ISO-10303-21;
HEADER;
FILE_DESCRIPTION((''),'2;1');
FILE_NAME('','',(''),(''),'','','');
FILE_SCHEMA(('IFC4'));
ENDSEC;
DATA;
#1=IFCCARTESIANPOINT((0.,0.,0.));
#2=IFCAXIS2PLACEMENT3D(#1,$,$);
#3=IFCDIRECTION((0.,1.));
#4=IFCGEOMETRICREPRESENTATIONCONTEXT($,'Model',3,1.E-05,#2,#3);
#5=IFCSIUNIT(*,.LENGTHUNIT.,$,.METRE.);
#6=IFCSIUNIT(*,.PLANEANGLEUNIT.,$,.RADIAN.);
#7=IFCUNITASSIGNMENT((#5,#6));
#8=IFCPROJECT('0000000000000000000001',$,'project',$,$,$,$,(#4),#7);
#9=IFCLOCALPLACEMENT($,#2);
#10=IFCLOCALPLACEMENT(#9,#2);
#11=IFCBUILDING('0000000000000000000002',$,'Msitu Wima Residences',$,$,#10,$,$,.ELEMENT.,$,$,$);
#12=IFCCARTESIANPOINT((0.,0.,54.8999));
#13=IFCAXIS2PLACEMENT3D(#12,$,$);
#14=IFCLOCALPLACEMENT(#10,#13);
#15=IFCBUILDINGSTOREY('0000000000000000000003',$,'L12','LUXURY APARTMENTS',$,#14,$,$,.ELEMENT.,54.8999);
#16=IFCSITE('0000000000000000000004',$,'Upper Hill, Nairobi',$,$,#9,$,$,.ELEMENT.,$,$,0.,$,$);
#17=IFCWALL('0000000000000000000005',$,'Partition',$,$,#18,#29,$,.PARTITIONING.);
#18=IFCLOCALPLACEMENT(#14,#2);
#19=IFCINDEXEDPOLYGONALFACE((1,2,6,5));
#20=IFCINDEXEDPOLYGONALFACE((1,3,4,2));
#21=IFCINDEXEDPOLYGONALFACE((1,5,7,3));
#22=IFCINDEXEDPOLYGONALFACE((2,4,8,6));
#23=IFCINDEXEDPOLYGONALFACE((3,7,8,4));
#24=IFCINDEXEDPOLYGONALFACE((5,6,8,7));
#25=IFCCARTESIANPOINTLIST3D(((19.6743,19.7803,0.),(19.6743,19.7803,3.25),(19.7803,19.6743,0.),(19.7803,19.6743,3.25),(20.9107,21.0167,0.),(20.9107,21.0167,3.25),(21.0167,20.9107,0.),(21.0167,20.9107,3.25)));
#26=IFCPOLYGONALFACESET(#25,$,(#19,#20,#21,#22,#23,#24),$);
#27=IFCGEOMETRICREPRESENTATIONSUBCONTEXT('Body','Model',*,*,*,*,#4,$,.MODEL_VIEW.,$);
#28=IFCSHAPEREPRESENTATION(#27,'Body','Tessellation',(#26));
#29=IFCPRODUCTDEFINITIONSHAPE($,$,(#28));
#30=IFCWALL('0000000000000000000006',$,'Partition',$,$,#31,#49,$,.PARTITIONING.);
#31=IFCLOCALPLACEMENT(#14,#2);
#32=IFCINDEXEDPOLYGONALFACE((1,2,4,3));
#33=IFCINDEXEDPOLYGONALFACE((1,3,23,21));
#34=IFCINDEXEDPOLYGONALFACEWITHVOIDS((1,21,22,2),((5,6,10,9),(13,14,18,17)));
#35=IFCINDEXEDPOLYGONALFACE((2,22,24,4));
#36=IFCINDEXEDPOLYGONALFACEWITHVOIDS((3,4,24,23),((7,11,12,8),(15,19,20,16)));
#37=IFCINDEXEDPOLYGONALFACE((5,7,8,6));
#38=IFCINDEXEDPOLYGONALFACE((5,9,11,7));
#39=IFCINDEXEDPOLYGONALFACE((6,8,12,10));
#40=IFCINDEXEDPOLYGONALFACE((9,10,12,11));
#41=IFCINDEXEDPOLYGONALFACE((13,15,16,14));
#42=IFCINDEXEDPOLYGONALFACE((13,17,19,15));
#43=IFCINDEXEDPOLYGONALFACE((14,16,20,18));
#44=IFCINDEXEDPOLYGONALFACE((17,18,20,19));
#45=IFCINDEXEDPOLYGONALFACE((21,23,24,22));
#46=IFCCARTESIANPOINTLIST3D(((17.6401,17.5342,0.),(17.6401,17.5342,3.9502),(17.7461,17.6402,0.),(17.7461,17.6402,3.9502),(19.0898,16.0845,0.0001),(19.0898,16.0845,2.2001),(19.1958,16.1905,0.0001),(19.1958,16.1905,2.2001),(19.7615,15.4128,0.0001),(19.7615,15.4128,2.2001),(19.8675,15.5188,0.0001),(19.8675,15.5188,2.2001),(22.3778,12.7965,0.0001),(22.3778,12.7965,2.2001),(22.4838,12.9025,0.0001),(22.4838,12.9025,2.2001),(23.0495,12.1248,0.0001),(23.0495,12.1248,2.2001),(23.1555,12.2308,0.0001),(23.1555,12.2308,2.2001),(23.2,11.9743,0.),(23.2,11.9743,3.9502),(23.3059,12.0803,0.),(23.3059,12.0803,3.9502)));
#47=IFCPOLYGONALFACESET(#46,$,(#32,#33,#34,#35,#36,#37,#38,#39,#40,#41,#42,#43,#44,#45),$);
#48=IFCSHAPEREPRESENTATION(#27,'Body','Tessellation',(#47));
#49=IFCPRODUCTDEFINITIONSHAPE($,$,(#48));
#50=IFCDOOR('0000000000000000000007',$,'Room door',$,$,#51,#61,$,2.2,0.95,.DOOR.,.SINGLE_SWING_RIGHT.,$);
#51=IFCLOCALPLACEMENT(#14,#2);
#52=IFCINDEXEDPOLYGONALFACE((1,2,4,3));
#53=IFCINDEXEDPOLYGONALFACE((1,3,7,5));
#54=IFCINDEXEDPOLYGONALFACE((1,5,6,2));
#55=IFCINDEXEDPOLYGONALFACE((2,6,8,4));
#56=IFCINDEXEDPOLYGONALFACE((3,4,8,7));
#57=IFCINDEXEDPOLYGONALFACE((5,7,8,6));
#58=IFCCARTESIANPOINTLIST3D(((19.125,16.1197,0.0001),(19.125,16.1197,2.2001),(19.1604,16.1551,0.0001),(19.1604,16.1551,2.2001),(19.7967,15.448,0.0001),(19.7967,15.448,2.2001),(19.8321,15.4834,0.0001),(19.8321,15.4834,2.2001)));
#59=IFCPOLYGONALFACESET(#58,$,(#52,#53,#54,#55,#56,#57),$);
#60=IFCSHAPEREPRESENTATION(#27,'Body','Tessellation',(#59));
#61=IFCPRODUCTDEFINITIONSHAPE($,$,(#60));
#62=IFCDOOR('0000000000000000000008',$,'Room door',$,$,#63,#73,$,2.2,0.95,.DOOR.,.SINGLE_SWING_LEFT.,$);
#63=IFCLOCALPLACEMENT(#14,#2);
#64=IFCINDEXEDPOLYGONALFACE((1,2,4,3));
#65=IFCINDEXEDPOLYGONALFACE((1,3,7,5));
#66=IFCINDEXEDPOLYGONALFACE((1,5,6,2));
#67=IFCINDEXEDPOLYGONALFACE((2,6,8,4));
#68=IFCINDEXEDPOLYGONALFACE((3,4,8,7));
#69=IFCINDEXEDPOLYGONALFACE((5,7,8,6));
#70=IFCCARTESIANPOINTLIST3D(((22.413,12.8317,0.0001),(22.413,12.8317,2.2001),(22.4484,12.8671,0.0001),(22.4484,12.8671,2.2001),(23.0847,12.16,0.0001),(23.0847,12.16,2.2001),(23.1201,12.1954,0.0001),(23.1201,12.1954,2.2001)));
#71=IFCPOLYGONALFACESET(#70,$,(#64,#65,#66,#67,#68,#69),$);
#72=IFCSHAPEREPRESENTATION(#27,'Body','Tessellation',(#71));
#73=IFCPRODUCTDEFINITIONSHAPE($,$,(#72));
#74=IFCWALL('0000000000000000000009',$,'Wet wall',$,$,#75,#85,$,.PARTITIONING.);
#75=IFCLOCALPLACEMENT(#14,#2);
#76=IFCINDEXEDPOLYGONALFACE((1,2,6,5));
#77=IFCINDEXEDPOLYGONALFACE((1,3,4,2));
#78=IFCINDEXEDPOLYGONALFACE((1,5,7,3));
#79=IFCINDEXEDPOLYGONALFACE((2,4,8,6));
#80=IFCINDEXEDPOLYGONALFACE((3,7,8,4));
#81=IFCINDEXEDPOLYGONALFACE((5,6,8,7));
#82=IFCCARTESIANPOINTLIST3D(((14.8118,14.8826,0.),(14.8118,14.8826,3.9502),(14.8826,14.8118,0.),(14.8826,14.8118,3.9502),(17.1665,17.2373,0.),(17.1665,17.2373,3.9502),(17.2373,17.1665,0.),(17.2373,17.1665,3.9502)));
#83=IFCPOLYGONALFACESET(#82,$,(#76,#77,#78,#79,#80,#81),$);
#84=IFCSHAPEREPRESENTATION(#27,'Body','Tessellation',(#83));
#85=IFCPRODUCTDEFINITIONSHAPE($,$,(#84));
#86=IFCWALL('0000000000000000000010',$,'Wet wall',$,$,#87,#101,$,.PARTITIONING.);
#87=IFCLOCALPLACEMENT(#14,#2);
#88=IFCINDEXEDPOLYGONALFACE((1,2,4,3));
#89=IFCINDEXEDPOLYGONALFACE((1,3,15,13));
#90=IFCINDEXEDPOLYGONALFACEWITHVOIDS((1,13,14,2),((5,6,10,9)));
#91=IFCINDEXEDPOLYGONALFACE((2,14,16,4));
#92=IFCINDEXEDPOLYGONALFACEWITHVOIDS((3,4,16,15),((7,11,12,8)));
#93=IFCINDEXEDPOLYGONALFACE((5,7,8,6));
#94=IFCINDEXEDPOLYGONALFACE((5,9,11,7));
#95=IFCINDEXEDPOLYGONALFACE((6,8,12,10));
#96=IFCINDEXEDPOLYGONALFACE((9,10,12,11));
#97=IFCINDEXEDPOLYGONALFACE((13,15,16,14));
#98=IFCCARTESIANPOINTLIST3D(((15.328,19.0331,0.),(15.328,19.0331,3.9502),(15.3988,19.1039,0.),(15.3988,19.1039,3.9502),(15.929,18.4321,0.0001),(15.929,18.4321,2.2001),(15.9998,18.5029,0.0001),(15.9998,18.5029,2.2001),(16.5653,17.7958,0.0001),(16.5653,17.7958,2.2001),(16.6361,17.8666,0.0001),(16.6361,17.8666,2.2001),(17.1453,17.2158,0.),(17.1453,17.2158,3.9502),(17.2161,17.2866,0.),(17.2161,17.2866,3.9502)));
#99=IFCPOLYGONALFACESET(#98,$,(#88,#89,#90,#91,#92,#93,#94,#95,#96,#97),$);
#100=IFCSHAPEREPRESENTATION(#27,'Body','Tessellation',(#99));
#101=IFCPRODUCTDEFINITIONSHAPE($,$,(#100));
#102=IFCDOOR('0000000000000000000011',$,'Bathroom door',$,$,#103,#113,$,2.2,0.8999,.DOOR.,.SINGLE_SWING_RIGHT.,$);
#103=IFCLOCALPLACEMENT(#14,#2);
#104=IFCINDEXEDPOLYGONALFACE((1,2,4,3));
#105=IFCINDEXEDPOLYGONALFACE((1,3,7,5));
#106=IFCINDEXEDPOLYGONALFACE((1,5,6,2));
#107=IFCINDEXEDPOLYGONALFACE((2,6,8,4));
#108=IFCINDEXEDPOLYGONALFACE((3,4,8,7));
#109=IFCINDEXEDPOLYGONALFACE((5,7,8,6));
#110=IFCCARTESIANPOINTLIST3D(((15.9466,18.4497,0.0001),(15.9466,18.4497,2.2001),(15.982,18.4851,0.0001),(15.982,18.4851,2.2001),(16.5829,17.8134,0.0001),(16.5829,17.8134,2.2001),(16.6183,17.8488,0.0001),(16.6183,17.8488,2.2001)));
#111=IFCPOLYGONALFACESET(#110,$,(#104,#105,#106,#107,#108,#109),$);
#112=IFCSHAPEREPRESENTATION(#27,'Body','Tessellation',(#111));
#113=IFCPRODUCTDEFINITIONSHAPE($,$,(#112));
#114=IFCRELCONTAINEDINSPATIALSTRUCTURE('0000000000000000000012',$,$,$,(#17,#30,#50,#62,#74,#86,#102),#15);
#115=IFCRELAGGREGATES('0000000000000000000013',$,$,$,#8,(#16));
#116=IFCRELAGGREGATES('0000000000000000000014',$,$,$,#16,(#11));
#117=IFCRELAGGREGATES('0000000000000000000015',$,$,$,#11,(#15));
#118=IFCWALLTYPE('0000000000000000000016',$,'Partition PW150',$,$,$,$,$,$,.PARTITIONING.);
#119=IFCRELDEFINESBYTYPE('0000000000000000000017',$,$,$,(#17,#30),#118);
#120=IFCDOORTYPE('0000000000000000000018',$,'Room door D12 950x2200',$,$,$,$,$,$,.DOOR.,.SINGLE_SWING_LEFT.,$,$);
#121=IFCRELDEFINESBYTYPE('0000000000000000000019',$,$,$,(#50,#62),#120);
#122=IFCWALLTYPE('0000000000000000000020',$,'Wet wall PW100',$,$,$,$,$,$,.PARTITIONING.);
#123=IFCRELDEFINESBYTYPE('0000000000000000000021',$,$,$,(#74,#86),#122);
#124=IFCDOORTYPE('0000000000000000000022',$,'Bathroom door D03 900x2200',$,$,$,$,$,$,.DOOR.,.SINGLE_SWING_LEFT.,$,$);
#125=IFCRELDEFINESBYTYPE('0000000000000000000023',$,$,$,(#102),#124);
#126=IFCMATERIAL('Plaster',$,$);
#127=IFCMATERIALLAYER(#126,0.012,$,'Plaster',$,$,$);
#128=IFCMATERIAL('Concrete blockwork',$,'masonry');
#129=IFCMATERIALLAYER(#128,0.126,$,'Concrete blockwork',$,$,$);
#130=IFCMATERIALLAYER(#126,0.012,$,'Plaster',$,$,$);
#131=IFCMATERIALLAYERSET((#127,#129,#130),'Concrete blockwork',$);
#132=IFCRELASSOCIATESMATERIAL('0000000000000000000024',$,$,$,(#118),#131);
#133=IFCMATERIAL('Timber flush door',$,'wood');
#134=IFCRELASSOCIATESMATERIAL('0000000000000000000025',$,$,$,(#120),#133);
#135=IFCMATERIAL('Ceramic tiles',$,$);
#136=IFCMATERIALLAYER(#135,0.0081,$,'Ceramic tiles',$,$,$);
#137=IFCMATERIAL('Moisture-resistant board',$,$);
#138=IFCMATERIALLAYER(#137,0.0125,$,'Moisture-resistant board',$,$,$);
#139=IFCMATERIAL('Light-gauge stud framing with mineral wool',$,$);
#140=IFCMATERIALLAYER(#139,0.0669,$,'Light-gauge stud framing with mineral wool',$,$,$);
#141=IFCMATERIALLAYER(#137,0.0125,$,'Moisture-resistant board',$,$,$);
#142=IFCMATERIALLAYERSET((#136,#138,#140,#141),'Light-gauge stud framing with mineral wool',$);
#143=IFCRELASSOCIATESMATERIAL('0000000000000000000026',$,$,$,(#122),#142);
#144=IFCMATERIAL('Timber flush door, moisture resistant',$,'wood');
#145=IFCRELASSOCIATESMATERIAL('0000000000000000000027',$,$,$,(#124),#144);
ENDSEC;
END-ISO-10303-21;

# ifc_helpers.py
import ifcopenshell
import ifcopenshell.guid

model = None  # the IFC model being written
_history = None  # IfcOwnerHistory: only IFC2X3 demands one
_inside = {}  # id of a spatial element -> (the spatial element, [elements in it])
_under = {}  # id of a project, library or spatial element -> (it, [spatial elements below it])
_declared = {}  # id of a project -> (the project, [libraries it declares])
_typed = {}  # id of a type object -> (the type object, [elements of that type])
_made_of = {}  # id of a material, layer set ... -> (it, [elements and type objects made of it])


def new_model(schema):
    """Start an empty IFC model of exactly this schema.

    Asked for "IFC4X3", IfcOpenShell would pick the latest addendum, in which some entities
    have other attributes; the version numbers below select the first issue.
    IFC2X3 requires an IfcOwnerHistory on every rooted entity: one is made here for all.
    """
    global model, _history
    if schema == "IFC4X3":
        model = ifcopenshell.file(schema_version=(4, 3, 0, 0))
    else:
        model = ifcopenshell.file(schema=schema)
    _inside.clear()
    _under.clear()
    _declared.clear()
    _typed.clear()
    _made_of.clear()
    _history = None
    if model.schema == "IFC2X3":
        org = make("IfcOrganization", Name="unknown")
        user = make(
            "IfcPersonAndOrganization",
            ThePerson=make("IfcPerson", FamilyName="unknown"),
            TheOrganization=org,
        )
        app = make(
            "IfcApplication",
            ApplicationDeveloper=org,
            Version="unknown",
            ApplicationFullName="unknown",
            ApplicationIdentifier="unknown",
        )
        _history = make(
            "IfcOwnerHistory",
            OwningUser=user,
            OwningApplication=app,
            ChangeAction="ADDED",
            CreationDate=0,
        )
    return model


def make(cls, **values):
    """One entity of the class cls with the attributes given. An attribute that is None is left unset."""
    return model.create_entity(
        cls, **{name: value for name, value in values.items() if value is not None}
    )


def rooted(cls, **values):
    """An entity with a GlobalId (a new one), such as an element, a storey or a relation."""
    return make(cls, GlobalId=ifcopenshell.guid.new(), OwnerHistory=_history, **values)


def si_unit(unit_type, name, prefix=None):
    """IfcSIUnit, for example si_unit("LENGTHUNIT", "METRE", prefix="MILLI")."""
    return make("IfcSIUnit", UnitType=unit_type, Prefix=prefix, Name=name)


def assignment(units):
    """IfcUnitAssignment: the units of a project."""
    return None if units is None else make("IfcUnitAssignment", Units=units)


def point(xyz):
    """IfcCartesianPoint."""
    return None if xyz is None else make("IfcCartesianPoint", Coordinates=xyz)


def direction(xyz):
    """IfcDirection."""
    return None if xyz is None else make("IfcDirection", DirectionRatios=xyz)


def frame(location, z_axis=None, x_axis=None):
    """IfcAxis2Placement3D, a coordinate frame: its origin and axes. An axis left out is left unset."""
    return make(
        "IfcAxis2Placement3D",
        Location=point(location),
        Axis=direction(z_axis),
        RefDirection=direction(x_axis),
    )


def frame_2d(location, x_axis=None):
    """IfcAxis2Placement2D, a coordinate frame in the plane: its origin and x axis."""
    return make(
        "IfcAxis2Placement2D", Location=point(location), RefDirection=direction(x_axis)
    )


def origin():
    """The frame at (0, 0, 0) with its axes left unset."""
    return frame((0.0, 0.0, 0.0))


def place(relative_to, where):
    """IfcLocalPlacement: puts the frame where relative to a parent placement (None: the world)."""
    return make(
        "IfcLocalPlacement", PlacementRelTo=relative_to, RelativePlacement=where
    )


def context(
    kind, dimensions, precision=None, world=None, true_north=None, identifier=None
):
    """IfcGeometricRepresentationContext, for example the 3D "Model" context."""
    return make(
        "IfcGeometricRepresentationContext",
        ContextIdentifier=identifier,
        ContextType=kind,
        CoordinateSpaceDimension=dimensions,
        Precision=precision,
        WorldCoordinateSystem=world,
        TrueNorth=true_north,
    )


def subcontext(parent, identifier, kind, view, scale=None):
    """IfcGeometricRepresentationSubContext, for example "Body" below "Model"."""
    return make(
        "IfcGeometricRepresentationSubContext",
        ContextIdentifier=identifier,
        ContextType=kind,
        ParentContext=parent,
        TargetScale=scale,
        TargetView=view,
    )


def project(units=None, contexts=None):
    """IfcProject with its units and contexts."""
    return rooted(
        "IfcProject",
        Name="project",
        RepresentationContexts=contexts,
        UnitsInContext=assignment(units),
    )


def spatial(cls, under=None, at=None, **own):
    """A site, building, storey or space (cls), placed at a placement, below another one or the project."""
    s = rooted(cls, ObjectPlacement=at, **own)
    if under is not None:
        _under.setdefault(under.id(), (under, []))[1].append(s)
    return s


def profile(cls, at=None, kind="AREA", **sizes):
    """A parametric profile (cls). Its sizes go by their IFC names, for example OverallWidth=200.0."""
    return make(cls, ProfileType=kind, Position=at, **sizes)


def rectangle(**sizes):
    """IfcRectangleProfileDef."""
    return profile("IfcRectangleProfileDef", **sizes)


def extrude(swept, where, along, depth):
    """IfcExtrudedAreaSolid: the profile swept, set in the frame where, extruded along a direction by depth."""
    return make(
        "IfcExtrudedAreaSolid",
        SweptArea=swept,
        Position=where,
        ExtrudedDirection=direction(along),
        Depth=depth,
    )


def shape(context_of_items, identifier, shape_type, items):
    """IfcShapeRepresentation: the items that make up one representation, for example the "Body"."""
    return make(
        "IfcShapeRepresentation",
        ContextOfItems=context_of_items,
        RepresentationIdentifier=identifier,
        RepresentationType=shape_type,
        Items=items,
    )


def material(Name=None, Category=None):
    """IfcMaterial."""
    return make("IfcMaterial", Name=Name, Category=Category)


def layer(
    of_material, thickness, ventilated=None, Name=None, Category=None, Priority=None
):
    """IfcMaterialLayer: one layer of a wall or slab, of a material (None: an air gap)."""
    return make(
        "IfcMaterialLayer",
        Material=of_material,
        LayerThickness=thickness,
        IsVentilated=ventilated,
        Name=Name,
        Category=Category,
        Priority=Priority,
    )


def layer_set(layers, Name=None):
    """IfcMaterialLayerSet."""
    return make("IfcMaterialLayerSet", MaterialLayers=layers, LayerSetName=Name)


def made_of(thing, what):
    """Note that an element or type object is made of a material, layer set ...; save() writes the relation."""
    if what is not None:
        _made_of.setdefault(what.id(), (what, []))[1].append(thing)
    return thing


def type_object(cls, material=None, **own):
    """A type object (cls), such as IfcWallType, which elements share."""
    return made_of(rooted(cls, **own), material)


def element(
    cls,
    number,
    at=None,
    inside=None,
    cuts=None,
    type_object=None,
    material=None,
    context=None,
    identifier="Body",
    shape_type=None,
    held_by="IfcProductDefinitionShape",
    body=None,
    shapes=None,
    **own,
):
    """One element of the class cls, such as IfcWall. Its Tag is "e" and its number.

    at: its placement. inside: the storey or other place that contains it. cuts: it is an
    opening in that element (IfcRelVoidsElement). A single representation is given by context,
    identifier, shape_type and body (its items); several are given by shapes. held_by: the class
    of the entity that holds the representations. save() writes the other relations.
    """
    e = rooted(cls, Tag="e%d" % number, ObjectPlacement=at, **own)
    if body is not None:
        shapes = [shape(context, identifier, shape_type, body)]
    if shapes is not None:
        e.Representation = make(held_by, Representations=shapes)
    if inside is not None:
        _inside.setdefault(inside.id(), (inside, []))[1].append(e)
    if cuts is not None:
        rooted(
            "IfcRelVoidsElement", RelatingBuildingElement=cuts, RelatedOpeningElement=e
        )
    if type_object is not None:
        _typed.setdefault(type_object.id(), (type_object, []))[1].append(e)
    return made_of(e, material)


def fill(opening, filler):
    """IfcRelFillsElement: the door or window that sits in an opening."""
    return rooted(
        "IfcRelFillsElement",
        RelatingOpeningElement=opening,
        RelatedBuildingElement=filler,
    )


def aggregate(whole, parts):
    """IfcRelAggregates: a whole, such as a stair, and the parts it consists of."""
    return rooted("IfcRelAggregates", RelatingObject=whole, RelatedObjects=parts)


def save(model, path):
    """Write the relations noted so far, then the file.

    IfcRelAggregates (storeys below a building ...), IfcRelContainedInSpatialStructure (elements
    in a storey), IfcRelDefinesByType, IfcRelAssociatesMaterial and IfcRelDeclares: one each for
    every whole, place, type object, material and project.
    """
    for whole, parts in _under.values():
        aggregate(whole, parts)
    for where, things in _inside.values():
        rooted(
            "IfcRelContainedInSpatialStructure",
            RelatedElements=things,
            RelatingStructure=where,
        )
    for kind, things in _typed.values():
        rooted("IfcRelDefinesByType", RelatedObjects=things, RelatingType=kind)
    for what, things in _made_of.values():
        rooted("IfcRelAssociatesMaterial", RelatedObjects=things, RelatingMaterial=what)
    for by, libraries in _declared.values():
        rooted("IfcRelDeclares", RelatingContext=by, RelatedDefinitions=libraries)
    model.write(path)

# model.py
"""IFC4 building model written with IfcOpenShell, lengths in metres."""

from ifc_helpers import new_model, si_unit, direction, frame, frame_2d, origin, place, context, subcontext, project, spatial, rectangle, extrude, material, layer, layer_set, type_object, element, fill, save


model = new_model("IFC4")

# Units and contexts
model_context = context("Model", 3, precision=1e-05, world=origin(), true_north=direction((0.0, 1.0)))
body_context = subcontext(model_context, "Body", "Model", "MODEL_VIEW")
ifc_project = project(units=[si_unit("LENGTHUNIT", "METRE"), si_unit("PLANEANGLEUNIT", "RADIAN")], contexts=[model_context])

# Site, building, storey
site_placement = place(None, origin())
site = spatial("IfcSite", under=ifc_project, at=site_placement, Name="Upper Hill, Nairobi", CompositionType="ELEMENT", RefElevation=0.0)
building_placement = place(site_placement, origin())
building = spatial("IfcBuilding", under=site, at=building_placement, Name="Msitu Wima Residences", CompositionType="ELEMENT")
storey_placement = place(building_placement, frame((0.0, 0.0, 54.8999)))
storey = spatial("IfcBuildingStorey", under=building, at=storey_placement, Name="L12", Description="LUXURY APARTMENTS", CompositionType="ELEMENT", Elevation=54.8999)

# Wall
ifc_material_1 = material(Name="Plaster")
ifc_layer_1 = layer(ifc_material_1, 0.012, Name="Plaster")
ifc_material_2 = material(Name="Concrete blockwork", Category="masonry")
ifc_layer_2 = layer(ifc_material_2, 0.126, Name="Concrete blockwork")
ifc_layer_3 = layer(ifc_material_1, 0.012, Name="Plaster")
ifc_layer_set_1 = layer_set([ifc_layer_1, ifc_layer_2, ifc_layer_3], Name="Concrete blockwork")
wall_type_1 = type_object("IfcWallType", Name="Partition PW150", PredefinedType="PARTITIONING", material=ifc_layer_set_1)
wall_1_placement = place(storey_placement, frame((19.7273, 19.7273, 0.0), z_axis=(0.0, 0.0, 1.0), x_axis=(0.707107, 0.707107, 0.0)))
element("IfcWall", 1, at=wall_1_placement, inside=storey, type_object=wall_type_1, Name="Partition", PredefinedType="PARTITIONING", context=body_context, shape_type="SweptSolid", body=[
    extrude(rectangle(XDim=1.7485, YDim=0.1499, at=frame_2d((0.8743, 0.0))), origin(), (0.0, 0.0, 1.0), 3.25),
])

# Wall, openings, doors
wall_2_placement = place(storey_placement, frame((17.6931, 17.5872, 0.0), z_axis=(0.0, 0.0, 1.0), x_axis=(0.707107, -0.707107, 0.0)))
wall_2 = element("IfcWall", 2, at=wall_2_placement, inside=storey, type_object=wall_type_1, Name="Partition", PredefinedType="PARTITIONING", context=body_context, shape_type="SweptSolid", body=[
    extrude(rectangle(XDim=7.8628, YDim=0.1499, at=frame_2d((3.9314, 0.0))), origin(), (0.0, 0.0, 1.0), 3.9502),
])
opening_1_placement = place(wall_2_placement, frame((2.05, 0.0, 0.0)))
opening_1 = element("IfcOpeningElement", 3, at=opening_1_placement, cuts=wall_2, PredefinedType="OPENING", context=body_context, shape_type="SweptSolid", body=[
    extrude(rectangle(XDim=0.95, YDim=2.2, at=frame_2d((0.4751, 1.1001))), frame((0.0, 0.085, 0.0), z_axis=(0.0, -1.0, 0.0), x_axis=(1.0, 0.0, 0.0)), (0.0, 0.0, 1.0), 0.1699),
])
opening_2_placement = place(wall_2_placement, frame((6.7, 0.0, 0.0)))
opening_2 = element("IfcOpeningElement", 4, at=opening_2_placement, cuts=wall_2, PredefinedType="OPENING", context=body_context, shape_type="SweptSolid", body=[
    extrude(rectangle(XDim=0.95, YDim=2.2, at=frame_2d((0.4751, 1.1001))), frame((0.0, 0.085, 0.0), z_axis=(0.0, -1.0, 0.0), x_axis=(1.0, 0.0, 0.0)), (0.0, 0.0, 1.0), 0.1699),
])
ifc_material_3 = material(Name="Timber flush door", Category="wood")
door_type_1 = type_object("IfcDoorType", Name="Room door D12 950x2200", OperationType="SINGLE_SWING_LEFT", PredefinedType="DOOR", material=ifc_material_3)
door_1_placement = place(opening_1_placement, origin())
door_1 = element("IfcDoor", 5, at=door_1_placement, inside=storey, type_object=door_type_1, Name="Room door", OperationType="SINGLE_SWING_RIGHT", OverallHeight=2.2, OverallWidth=0.95, PredefinedType="DOOR", context=body_context, shape_type="SweptSolid", body=[
    extrude(rectangle(XDim=0.95, YDim=2.2, at=frame_2d((0.4751, 1.1001))), frame((0.0, 0.0249, 0.0), z_axis=(0.0, -1.0, 0.0), x_axis=(1.0, 0.0, 0.0)), (0.0, 0.0, 1.0), 0.05),
])
fill(opening_1, door_1)
door_2_placement = place(opening_2_placement, origin())
door_2 = element("IfcDoor", 6, at=door_2_placement, inside=storey, type_object=door_type_1, Name="Room door", OperationType="SINGLE_SWING_LEFT", OverallHeight=2.2, OverallWidth=0.95, PredefinedType="DOOR", context=body_context, shape_type="SweptSolid", body=[
    extrude(rectangle(XDim=0.95, YDim=2.2, at=frame_2d((0.4751, 1.1001))), frame((0.0, 0.0249, 0.0), z_axis=(0.0, -1.0, 0.0), x_axis=(1.0, 0.0, 0.0)), (0.0, 0.0, 1.0), 0.05),
])
fill(opening_2, door_2)

# Wall
ifc_material_4 = material(Name="Ceramic tiles")
ifc_layer_4 = layer(ifc_material_4, 0.0081, Name="Ceramic tiles")
ifc_material_5 = material(Name="Moisture-resistant board")
ifc_layer_5 = layer(ifc_material_5, 0.0125, Name="Moisture-resistant board")
ifc_material_6 = material(Name="Light-gauge stud framing with mineral wool")
ifc_layer_6 = layer(ifc_material_6, 0.0669, Name="Light-gauge stud framing with mineral wool")
ifc_layer_7 = layer(ifc_material_5, 0.0125, Name="Moisture-resistant board")
ifc_layer_set_2 = layer_set([ifc_layer_4, ifc_layer_5, ifc_layer_6, ifc_layer_7], Name="Light-gauge stud framing with mineral wool")
wall_type_2 = type_object("IfcWallType", Name="Wet wall PW100", PredefinedType="PARTITIONING", material=ifc_layer_set_2)
wall_3_placement = place(storey_placement, frame((14.8472, 14.8472, 0.0), z_axis=(0.0, 0.0, 1.0), x_axis=(0.707107, 0.707107, 0.0)))
element("IfcWall", 7, at=wall_3_placement, inside=storey, type_object=wall_type_2, Name="Wet wall", PredefinedType="PARTITIONING", context=body_context, shape_type="SweptSolid", body=[
    extrude(rectangle(XDim=3.3301, YDim=0.1001, at=frame_2d((1.665, 0.0))), origin(), (0.0, 0.0, 1.0), 3.9502),
])

# Wall, opening, door
wall_4_placement = place(storey_placement, frame((15.3633, 19.0686, 0.0), z_axis=(0.0, 0.0, 1.0), x_axis=(0.707107, -0.707107, 0.0)))
wall_4 = element("IfcWall", 8, at=wall_4_placement, inside=storey, type_object=wall_type_2, Name="Wet wall", PredefinedType="PARTITIONING", context=body_context, shape_type="SweptSolid", body=[
    extrude(rectangle(XDim=2.5701, YDim=0.1001, at=frame_2d((1.2852, 0.0))), origin(), (0.0, 0.0, 1.0), 3.9502),
])
opening_3_placement = place(wall_4_placement, frame((0.8501, 0.0, 0.0)))
opening_3 = element("IfcOpeningElement", 9, at=opening_3_placement, cuts=wall_4, PredefinedType="OPENING", context=body_context, shape_type="SweptSolid", body=[
    extrude(rectangle(XDim=0.8999, YDim=2.2, at=frame_2d((0.45, 1.1001))), frame((0.0, 0.0601, 0.0), z_axis=(0.0, -1.0, 0.0), x_axis=(1.0, 0.0, 0.0)), (0.0, 0.0, 1.0), 0.1201),
])
ifc_material_7 = material(Name="Timber flush door, moisture resistant", Category="wood")
door_type_2 = type_object("IfcDoorType", Name="Bathroom door D03 900x2200", OperationType="SINGLE_SWING_LEFT", PredefinedType="DOOR", material=ifc_material_7)
door_3_placement = place(opening_3_placement, origin())
door_3 = element("IfcDoor", 10, at=door_3_placement, inside=storey, type_object=door_type_2, Name="Bathroom door", OperationType="SINGLE_SWING_RIGHT", OverallHeight=2.2, OverallWidth=0.8999, PredefinedType="DOOR", context=body_context, shape_type="SweptSolid", body=[
    extrude(rectangle(XDim=0.8999, YDim=2.2, at=frame_2d((0.45, 1.1001))), frame((0.0, 0.0249, 0.0), z_axis=(0.0, -1.0, 0.0), x_axis=(1.0, 0.0, 0.0)), (0.0, 0.0, 1.0), 0.05),
])
fill(opening_3, door_3)

save(model, "model.ifc")
